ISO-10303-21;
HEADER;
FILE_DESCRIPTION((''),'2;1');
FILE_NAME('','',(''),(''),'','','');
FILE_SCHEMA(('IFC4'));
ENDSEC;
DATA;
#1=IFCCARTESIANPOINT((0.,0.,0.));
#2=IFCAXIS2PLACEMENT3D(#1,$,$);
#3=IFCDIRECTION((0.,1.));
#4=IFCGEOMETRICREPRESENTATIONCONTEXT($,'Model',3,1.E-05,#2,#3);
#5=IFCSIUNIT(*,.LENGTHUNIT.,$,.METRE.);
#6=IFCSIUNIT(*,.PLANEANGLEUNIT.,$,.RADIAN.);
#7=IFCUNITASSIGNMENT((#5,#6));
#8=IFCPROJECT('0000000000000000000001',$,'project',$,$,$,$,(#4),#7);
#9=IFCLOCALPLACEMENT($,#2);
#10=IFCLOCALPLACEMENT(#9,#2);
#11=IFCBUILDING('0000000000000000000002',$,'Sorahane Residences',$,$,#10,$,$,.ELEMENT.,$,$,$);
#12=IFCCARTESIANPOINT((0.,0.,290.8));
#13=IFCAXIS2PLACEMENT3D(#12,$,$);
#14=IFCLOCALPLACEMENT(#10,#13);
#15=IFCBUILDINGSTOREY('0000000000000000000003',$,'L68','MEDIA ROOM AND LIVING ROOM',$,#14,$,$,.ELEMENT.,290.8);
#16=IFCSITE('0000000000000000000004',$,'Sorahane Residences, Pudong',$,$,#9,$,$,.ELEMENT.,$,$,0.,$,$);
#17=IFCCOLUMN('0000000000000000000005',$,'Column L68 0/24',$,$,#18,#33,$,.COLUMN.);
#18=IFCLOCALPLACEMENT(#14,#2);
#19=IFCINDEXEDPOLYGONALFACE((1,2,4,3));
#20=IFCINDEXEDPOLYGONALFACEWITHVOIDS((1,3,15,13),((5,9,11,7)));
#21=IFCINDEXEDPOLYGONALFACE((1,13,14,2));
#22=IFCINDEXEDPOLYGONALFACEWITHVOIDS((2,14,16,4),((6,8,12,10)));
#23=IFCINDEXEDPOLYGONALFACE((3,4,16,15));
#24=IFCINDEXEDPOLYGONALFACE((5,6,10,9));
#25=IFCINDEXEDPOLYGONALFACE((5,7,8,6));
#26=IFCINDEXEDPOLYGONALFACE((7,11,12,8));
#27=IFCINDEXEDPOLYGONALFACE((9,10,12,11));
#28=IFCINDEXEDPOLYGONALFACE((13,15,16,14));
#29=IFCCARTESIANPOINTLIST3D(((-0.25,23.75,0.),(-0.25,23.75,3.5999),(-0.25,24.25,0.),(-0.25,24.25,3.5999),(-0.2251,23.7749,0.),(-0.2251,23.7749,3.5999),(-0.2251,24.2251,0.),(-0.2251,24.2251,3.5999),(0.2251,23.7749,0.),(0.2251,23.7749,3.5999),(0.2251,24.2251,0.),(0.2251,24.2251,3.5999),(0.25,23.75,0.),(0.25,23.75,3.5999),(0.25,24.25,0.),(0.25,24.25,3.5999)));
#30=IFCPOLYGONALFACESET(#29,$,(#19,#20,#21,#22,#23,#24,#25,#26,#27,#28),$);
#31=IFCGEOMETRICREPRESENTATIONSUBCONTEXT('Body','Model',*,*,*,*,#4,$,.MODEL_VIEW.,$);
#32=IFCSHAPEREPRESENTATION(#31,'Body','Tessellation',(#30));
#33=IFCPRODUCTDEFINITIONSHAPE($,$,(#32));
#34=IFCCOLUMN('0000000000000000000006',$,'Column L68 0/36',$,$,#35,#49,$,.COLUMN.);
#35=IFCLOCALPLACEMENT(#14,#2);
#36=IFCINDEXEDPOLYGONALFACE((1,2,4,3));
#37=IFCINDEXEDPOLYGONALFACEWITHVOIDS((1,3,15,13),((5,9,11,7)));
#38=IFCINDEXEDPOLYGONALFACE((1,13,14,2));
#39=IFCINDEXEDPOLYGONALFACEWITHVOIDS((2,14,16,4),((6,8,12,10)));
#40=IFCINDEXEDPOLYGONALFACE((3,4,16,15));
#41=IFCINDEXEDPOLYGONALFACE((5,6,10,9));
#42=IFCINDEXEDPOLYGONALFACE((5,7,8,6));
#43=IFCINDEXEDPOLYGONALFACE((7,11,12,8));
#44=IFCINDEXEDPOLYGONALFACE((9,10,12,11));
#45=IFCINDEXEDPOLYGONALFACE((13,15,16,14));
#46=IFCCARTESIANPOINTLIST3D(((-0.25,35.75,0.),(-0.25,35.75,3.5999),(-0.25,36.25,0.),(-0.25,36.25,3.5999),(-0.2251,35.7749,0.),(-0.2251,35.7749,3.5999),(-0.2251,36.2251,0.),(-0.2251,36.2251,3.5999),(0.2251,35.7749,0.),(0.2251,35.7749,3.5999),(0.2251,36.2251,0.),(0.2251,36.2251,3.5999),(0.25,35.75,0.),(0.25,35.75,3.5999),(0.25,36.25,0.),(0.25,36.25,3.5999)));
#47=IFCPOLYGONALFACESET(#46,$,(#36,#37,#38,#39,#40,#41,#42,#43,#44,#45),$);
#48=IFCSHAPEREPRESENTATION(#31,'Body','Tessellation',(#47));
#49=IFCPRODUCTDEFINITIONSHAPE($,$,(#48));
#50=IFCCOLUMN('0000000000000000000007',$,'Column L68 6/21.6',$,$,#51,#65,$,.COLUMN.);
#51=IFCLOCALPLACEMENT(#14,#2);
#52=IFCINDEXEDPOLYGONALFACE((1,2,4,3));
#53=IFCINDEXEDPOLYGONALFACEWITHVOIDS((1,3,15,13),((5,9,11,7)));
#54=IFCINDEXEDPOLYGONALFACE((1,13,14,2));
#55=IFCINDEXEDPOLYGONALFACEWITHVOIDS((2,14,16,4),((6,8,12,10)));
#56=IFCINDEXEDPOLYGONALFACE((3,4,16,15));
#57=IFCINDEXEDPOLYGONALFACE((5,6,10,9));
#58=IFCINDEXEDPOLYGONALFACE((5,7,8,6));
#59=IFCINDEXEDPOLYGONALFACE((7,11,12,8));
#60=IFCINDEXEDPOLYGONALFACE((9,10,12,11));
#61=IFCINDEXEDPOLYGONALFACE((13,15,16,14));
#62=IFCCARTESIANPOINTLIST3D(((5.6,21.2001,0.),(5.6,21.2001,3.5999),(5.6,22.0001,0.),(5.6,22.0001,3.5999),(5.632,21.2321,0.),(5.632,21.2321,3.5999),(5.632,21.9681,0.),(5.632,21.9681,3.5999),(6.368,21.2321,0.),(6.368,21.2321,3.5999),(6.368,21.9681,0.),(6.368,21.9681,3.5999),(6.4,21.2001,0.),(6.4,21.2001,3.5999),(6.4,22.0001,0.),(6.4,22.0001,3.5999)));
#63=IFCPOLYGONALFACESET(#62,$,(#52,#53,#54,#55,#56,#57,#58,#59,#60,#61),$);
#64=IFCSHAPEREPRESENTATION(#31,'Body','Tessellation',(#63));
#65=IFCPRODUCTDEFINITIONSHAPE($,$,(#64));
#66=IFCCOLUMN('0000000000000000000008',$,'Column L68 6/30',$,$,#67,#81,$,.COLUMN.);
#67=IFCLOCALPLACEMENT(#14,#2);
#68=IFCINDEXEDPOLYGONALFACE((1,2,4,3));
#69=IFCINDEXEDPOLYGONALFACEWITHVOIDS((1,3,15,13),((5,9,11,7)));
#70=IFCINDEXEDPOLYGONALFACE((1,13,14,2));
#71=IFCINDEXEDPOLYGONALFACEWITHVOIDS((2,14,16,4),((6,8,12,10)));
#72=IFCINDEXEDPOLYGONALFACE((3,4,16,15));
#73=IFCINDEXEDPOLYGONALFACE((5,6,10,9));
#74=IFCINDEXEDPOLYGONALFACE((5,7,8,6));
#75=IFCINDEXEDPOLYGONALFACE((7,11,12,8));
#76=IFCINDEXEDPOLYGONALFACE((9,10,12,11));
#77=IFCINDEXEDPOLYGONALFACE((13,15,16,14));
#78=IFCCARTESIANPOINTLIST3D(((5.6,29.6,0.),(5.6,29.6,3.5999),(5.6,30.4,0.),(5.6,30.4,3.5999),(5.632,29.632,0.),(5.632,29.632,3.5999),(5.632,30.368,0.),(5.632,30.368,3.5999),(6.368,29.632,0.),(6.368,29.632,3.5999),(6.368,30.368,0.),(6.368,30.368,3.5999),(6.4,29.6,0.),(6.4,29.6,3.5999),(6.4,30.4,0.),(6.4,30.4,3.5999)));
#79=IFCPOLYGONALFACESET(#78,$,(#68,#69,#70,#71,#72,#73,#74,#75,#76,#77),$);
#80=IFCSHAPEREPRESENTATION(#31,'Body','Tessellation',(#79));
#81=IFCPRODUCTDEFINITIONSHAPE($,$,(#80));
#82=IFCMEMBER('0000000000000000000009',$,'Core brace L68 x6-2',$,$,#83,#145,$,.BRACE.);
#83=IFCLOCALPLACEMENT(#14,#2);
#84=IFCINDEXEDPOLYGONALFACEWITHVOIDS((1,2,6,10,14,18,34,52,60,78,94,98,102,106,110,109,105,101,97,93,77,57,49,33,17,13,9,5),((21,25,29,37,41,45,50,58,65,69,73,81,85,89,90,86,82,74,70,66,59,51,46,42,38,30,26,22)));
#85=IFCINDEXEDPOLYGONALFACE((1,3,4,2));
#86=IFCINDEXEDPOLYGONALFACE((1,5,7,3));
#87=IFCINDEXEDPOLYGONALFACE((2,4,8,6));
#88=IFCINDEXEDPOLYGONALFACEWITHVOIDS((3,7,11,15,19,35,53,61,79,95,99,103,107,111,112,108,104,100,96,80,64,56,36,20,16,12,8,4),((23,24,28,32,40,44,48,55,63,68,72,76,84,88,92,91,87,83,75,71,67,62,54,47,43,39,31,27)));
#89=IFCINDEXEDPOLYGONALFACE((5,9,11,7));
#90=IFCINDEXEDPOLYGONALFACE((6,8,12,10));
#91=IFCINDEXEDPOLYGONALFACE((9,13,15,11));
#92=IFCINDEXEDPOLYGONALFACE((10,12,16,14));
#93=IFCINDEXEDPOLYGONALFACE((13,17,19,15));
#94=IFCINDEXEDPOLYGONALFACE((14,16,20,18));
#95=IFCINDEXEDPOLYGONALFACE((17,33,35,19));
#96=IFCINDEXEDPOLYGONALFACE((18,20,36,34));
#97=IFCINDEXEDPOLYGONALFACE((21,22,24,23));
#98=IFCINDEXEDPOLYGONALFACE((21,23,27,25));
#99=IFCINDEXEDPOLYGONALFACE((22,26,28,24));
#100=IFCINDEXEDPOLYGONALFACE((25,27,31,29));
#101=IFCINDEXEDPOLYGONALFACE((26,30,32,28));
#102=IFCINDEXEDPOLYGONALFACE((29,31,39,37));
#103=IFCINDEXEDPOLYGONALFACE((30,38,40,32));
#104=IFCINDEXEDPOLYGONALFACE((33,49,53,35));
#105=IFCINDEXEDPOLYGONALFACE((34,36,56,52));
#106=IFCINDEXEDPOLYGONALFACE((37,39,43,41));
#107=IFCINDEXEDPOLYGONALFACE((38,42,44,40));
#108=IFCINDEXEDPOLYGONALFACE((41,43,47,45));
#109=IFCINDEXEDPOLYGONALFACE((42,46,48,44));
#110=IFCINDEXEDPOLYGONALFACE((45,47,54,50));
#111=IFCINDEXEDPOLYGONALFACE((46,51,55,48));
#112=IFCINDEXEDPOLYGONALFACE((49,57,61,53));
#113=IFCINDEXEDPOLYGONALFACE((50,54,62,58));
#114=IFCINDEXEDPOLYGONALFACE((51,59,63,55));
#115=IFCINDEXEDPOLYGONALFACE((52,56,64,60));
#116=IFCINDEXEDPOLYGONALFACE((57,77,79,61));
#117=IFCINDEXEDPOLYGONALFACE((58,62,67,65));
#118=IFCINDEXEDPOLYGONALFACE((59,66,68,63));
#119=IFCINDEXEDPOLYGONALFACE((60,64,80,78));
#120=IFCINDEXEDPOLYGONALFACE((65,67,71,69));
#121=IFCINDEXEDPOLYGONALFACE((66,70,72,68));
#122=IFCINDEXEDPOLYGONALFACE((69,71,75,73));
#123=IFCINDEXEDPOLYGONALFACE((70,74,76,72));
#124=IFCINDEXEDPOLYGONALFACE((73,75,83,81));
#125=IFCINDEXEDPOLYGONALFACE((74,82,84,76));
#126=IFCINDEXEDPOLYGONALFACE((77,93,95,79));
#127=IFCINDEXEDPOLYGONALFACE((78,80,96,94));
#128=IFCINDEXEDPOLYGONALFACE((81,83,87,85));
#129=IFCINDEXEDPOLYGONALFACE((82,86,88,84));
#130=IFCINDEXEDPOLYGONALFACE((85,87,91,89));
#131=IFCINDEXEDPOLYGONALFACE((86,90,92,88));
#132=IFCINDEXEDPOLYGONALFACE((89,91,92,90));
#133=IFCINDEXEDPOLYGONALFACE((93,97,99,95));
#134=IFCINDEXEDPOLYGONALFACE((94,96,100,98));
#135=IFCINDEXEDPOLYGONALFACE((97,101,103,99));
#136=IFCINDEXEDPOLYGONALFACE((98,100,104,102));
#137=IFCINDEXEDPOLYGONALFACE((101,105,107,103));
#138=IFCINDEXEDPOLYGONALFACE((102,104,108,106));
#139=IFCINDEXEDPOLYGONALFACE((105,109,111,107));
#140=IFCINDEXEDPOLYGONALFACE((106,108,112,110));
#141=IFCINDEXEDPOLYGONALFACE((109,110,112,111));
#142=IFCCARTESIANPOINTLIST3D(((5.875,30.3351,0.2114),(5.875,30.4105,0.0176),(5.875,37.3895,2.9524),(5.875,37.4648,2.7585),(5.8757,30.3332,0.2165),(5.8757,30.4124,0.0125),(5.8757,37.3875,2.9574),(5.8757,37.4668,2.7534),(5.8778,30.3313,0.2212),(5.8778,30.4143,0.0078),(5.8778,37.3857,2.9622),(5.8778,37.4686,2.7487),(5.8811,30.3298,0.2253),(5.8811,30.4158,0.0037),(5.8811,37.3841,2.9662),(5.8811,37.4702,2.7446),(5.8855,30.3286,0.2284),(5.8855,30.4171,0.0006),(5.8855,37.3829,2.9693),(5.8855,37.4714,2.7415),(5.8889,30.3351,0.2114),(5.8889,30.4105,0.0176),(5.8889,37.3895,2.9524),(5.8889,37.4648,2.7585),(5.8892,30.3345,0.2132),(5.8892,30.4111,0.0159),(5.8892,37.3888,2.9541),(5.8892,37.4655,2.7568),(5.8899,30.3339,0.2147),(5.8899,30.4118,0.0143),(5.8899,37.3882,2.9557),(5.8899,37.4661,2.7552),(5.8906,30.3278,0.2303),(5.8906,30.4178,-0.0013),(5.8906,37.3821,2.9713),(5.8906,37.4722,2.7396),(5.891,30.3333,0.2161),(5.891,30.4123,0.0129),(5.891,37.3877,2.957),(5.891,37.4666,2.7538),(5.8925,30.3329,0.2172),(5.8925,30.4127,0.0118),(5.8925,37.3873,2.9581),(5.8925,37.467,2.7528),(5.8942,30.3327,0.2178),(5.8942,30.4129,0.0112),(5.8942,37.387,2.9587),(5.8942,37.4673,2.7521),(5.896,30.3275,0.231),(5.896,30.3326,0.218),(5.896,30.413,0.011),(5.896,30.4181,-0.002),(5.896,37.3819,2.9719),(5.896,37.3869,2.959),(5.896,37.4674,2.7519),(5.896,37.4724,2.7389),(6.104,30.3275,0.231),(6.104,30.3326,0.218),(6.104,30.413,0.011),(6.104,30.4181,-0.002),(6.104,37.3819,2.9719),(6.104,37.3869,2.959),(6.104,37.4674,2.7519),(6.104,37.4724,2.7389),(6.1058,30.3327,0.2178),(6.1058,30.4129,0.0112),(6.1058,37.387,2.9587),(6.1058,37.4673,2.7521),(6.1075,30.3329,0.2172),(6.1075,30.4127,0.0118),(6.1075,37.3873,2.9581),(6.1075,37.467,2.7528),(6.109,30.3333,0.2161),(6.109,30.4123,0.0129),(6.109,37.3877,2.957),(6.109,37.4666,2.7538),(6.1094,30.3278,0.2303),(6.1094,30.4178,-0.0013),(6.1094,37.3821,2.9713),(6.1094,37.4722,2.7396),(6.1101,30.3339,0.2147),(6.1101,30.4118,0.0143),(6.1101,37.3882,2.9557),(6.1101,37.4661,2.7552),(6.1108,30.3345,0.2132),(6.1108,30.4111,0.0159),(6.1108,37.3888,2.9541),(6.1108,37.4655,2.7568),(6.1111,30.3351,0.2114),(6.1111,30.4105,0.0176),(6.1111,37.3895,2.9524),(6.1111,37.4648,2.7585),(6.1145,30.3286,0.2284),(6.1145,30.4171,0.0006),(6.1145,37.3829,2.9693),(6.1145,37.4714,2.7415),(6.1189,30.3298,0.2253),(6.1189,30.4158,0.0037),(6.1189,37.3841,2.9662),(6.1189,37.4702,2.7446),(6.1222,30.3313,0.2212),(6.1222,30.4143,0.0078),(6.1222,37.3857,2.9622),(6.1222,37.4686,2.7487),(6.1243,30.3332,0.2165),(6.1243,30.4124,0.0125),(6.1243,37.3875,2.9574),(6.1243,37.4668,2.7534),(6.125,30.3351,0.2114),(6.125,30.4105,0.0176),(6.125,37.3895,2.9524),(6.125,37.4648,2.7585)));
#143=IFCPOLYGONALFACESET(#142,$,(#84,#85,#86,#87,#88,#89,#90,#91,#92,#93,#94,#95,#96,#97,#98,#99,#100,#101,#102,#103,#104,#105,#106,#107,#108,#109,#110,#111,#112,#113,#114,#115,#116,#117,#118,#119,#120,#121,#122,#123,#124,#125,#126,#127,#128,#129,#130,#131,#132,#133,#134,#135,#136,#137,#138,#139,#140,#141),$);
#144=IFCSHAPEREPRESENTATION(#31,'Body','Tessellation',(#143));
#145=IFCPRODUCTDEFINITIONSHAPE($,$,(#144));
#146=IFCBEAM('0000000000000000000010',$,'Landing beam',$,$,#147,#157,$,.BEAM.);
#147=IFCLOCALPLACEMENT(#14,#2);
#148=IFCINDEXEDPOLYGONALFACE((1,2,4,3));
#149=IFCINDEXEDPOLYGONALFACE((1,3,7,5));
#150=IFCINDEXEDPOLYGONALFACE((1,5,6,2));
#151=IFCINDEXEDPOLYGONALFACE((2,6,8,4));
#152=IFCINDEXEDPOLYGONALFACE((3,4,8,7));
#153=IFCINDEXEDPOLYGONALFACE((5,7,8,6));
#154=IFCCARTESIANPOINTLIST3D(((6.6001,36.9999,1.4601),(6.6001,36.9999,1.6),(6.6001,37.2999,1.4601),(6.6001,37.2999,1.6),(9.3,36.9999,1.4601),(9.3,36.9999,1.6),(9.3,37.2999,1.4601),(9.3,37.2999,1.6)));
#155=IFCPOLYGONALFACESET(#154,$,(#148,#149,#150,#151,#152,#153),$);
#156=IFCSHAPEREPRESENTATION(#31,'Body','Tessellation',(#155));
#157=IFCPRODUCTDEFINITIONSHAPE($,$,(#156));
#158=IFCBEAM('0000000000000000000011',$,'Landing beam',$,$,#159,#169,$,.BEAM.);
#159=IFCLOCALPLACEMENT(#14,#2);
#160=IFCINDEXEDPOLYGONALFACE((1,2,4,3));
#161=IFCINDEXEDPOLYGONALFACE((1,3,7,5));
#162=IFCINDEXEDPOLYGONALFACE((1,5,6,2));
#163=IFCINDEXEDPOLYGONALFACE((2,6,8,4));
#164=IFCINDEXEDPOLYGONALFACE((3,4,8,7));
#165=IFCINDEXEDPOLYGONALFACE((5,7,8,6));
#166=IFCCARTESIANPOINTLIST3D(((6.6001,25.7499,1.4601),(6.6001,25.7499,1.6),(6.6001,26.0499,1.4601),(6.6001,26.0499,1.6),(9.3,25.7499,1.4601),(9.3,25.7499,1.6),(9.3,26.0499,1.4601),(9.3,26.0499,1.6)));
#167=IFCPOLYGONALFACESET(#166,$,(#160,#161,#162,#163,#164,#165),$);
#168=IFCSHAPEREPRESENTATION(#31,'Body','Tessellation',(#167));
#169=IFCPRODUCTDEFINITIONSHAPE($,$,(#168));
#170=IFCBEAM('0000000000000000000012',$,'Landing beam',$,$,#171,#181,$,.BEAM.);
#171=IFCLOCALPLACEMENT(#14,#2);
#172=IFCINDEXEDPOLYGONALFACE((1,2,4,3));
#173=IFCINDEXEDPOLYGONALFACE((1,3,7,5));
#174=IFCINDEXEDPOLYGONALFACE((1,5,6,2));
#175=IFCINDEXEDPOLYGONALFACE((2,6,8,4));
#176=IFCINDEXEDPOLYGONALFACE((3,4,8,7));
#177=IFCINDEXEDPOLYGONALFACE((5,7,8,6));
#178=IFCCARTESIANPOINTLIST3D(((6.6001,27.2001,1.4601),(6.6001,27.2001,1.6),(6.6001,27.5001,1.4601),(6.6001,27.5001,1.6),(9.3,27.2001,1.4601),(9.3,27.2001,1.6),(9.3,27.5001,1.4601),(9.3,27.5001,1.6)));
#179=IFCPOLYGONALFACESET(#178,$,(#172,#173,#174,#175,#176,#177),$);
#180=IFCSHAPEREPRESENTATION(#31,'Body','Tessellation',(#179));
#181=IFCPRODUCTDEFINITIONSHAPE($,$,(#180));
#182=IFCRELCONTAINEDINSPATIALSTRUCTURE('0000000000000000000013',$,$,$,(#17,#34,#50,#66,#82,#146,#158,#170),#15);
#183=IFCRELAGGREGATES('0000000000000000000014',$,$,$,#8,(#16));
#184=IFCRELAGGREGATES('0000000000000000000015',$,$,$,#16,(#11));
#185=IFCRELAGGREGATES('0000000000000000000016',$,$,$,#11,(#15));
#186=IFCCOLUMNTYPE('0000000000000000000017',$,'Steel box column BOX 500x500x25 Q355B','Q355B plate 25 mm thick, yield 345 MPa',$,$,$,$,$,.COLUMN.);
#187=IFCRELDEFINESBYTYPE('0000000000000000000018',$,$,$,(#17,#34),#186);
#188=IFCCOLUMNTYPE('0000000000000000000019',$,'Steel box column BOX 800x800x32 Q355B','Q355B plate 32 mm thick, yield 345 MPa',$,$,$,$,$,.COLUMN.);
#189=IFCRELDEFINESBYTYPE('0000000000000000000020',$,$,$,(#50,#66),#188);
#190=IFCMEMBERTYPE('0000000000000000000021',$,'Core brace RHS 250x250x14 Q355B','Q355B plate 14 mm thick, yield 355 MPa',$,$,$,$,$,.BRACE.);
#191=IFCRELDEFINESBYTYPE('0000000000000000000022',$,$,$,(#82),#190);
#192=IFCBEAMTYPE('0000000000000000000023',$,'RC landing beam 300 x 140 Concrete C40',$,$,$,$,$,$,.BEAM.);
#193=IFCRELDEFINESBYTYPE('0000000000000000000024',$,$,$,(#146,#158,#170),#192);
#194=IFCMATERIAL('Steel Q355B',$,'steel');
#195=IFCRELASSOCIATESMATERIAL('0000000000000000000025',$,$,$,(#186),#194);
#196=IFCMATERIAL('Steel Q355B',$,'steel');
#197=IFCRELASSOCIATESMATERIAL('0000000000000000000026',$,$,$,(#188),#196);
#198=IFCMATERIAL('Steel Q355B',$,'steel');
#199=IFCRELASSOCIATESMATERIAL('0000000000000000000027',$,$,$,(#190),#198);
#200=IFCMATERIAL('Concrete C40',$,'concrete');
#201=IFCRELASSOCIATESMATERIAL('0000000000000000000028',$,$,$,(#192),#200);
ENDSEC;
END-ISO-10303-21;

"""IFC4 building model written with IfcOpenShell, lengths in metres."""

from ifc_helpers import new_model, si_unit, direction, frame, origin, origin_2d, place, context, subcontext, project, spatial, rectangle, hollow_rectangle, extrude, material, material_profile, profile_set, type_object, element, save


model = new_model("IFC4")

# Units and contexts
model_context = context("Model", 3, precision=1e-05, world=origin(), true_north=direction((0.0, 1.0)))
body_context = subcontext(model_context, "Body", "Model", "MODEL_VIEW")
ifc_project = project(units=[si_unit("LENGTHUNIT", "METRE"), si_unit("PLANEANGLEUNIT", "RADIAN")], contexts=[model_context])

# Site, building, storey
site_placement = place(None, origin())
site = spatial("IfcSite", under=ifc_project, at=site_placement, Name="Sorahane Residences, Pudong", CompositionType="ELEMENT", RefElevation=0.0)
building_placement = place(site_placement, origin())
building = spatial("IfcBuilding", under=site, at=building_placement, Name="Sorahane Residences", CompositionType="ELEMENT")
storey_placement = place(building_placement, frame((0.0, 0.0, 290.8)))
storey = spatial("IfcBuildingStorey", under=building, at=storey_placement, Name="L68", Description="MEDIA ROOM AND LIVING ROOM", CompositionType="ELEMENT", Elevation=290.8)

# Columns
ifc_material_1 = material(Name="Steel Q355B", Category="steel")
ifc_material_profile_1 = material_profile(ifc_material_1, hollow_rectangle(XDim=0.5, YDim=0.5, WallThickness=0.0249, at=origin_2d()), Name="BOX 500x500x25")
ifc_profile_set_1 = profile_set([ifc_material_profile_1], Name="Steel Q355B")
column_type_1 = type_object("IfcColumnType", Name="Steel box column BOX 500x500x25 Q355B", Description="Q355B plate 25 mm thick, yield 345 MPa", PredefinedType="COLUMN", material=ifc_profile_set_1)
for number, where, z_axis, x_axis, name in (
    (1, (0.0, 24.0, 0.0), (0.0, 0.0, 1.0), (1.0, 0.0, 0.0), "Column L68 0/24"),
    (2, (0.0, 36.0, 0.0), (0.0, 0.0, 1.0), (1.0, 0.0, 0.0), "Column L68 0/36"),
):
    element("IfcColumn", number, at=place(storey_placement, frame(where, z_axis=z_axis, x_axis=x_axis)), inside=storey, type_object=column_type_1, Name=name, PredefinedType="COLUMN", context=body_context, shape_type="SweptSolid", body=[
        extrude(hollow_rectangle(XDim=0.5, YDim=0.5, WallThickness=0.0249, at=origin_2d()), origin(), (0.0, 0.0, 1.0), 3.5999),
    ])
ifc_material_2 = material(Name="Steel Q355B", Category="steel")
ifc_material_profile_2 = material_profile(ifc_material_2, hollow_rectangle(XDim=0.8, YDim=0.8, WallThickness=0.032, at=origin_2d()), Name="BOX 800x800x32")
ifc_profile_set_2 = profile_set([ifc_material_profile_2], Name="Steel Q355B")
column_type_2 = type_object("IfcColumnType", Name="Steel box column BOX 800x800x32 Q355B", Description="Q355B plate 32 mm thick, yield 345 MPa", PredefinedType="COLUMN", material=ifc_profile_set_2)
for number, where, z_axis, x_axis, name in (
    (3, (6.0, 21.6001, 0.0), (0.0, 0.0, 1.0), (1.0, 0.0, 0.0), "Column L68 6/21.6"),
    (4, (6.0, 30.0, 0.0), (0.0, 0.0, 1.0), (1.0, 0.0, 0.0), "Column L68 6/30"),
):
    element("IfcColumn", number, at=place(storey_placement, frame(where, z_axis=z_axis, x_axis=x_axis)), inside=storey, type_object=column_type_2, Name=name, PredefinedType="COLUMN", context=body_context, shape_type="SweptSolid", body=[
        extrude(hollow_rectangle(XDim=0.8, YDim=0.8, WallThickness=0.032, at=origin_2d()), origin(), (0.0, 0.0, 1.0), 3.5999),
    ])

# Member
ifc_material_3 = material(Name="Steel Q355B", Category="steel")
ifc_material_profile_3 = material_profile(ifc_material_3, hollow_rectangle(XDim=0.25, YDim=0.25, WallThickness=0.0139, InnerFilletRadius=0.0071, OuterFilletRadius=0.021, at=origin_2d()), Name="RHS 250x250x14")
ifc_profile_set_3 = profile_set([ifc_material_profile_3], Name="Steel Q355B")
member_type = type_object("IfcMemberType", Name="Core brace RHS 250x250x14 Q355B", Description="Q355B plate 14 mm thick, yield 355 MPa", PredefinedType="BRACE", material=ifc_profile_set_3)
member_placement = place(storey_placement, frame((6.0, 30.3728, 0.1145), z_axis=(0.0, 0.932113, 0.362168), x_axis=(-1.0, 0.0, 0.0)))
element("IfcMember", 5, at=member_placement, inside=storey, type_object=member_type, Name="Core brace L68 x6-2", PredefinedType="BRACE", context=body_context, shape_type="SweptSolid", body=[
    extrude(hollow_rectangle(XDim=0.25, YDim=0.25, WallThickness=0.0139, InnerFilletRadius=0.0071, OuterFilletRadius=0.021, at=origin_2d()), origin(), (0.0, 0.0, 1.0), 7.5681),
])

# Beams
ifc_material_4 = material(Name="Concrete C40", Category="concrete")
ifc_material_profile_4 = material_profile(ifc_material_4, rectangle(XDim=0.3, YDim=0.1399, at=origin_2d()), Name="300x140")
ifc_profile_set_4 = profile_set([ifc_material_profile_4], Name="Concrete C40")
beam_type_1 = type_object("IfcBeamType", Name="RC landing beam 300 x 140 Concrete C40", PredefinedType="BEAM", material=ifc_profile_set_4)
for number, where, z_axis, x_axis, name in (
    (6, (6.6001, 37.1499, 1.53), (1.0, 0.0, 0.0), (0.0, 1.0, 0.0), "Landing beam"),
    (7, (6.6001, 25.8999, 1.53), (1.0, 0.0, 0.0), (0.0, 1.0, 0.0), "Landing beam"),
    (8, (6.6001, 27.3501, 1.53), (1.0, 0.0, 0.0), (0.0, 1.0, 0.0), "Landing beam"),
):
    element("IfcBeam", number, at=place(storey_placement, frame(where, z_axis=z_axis, x_axis=x_axis)), inside=storey, type_object=beam_type_1, Name=name, PredefinedType="BEAM", context=body_context, shape_type="SweptSolid", body=[
        extrude(rectangle(XDim=0.3, YDim=0.1399, at=origin_2d()), origin(), (0.0, 0.0, 1.0), 2.7),
    ])

save(model, "model.ifc")
